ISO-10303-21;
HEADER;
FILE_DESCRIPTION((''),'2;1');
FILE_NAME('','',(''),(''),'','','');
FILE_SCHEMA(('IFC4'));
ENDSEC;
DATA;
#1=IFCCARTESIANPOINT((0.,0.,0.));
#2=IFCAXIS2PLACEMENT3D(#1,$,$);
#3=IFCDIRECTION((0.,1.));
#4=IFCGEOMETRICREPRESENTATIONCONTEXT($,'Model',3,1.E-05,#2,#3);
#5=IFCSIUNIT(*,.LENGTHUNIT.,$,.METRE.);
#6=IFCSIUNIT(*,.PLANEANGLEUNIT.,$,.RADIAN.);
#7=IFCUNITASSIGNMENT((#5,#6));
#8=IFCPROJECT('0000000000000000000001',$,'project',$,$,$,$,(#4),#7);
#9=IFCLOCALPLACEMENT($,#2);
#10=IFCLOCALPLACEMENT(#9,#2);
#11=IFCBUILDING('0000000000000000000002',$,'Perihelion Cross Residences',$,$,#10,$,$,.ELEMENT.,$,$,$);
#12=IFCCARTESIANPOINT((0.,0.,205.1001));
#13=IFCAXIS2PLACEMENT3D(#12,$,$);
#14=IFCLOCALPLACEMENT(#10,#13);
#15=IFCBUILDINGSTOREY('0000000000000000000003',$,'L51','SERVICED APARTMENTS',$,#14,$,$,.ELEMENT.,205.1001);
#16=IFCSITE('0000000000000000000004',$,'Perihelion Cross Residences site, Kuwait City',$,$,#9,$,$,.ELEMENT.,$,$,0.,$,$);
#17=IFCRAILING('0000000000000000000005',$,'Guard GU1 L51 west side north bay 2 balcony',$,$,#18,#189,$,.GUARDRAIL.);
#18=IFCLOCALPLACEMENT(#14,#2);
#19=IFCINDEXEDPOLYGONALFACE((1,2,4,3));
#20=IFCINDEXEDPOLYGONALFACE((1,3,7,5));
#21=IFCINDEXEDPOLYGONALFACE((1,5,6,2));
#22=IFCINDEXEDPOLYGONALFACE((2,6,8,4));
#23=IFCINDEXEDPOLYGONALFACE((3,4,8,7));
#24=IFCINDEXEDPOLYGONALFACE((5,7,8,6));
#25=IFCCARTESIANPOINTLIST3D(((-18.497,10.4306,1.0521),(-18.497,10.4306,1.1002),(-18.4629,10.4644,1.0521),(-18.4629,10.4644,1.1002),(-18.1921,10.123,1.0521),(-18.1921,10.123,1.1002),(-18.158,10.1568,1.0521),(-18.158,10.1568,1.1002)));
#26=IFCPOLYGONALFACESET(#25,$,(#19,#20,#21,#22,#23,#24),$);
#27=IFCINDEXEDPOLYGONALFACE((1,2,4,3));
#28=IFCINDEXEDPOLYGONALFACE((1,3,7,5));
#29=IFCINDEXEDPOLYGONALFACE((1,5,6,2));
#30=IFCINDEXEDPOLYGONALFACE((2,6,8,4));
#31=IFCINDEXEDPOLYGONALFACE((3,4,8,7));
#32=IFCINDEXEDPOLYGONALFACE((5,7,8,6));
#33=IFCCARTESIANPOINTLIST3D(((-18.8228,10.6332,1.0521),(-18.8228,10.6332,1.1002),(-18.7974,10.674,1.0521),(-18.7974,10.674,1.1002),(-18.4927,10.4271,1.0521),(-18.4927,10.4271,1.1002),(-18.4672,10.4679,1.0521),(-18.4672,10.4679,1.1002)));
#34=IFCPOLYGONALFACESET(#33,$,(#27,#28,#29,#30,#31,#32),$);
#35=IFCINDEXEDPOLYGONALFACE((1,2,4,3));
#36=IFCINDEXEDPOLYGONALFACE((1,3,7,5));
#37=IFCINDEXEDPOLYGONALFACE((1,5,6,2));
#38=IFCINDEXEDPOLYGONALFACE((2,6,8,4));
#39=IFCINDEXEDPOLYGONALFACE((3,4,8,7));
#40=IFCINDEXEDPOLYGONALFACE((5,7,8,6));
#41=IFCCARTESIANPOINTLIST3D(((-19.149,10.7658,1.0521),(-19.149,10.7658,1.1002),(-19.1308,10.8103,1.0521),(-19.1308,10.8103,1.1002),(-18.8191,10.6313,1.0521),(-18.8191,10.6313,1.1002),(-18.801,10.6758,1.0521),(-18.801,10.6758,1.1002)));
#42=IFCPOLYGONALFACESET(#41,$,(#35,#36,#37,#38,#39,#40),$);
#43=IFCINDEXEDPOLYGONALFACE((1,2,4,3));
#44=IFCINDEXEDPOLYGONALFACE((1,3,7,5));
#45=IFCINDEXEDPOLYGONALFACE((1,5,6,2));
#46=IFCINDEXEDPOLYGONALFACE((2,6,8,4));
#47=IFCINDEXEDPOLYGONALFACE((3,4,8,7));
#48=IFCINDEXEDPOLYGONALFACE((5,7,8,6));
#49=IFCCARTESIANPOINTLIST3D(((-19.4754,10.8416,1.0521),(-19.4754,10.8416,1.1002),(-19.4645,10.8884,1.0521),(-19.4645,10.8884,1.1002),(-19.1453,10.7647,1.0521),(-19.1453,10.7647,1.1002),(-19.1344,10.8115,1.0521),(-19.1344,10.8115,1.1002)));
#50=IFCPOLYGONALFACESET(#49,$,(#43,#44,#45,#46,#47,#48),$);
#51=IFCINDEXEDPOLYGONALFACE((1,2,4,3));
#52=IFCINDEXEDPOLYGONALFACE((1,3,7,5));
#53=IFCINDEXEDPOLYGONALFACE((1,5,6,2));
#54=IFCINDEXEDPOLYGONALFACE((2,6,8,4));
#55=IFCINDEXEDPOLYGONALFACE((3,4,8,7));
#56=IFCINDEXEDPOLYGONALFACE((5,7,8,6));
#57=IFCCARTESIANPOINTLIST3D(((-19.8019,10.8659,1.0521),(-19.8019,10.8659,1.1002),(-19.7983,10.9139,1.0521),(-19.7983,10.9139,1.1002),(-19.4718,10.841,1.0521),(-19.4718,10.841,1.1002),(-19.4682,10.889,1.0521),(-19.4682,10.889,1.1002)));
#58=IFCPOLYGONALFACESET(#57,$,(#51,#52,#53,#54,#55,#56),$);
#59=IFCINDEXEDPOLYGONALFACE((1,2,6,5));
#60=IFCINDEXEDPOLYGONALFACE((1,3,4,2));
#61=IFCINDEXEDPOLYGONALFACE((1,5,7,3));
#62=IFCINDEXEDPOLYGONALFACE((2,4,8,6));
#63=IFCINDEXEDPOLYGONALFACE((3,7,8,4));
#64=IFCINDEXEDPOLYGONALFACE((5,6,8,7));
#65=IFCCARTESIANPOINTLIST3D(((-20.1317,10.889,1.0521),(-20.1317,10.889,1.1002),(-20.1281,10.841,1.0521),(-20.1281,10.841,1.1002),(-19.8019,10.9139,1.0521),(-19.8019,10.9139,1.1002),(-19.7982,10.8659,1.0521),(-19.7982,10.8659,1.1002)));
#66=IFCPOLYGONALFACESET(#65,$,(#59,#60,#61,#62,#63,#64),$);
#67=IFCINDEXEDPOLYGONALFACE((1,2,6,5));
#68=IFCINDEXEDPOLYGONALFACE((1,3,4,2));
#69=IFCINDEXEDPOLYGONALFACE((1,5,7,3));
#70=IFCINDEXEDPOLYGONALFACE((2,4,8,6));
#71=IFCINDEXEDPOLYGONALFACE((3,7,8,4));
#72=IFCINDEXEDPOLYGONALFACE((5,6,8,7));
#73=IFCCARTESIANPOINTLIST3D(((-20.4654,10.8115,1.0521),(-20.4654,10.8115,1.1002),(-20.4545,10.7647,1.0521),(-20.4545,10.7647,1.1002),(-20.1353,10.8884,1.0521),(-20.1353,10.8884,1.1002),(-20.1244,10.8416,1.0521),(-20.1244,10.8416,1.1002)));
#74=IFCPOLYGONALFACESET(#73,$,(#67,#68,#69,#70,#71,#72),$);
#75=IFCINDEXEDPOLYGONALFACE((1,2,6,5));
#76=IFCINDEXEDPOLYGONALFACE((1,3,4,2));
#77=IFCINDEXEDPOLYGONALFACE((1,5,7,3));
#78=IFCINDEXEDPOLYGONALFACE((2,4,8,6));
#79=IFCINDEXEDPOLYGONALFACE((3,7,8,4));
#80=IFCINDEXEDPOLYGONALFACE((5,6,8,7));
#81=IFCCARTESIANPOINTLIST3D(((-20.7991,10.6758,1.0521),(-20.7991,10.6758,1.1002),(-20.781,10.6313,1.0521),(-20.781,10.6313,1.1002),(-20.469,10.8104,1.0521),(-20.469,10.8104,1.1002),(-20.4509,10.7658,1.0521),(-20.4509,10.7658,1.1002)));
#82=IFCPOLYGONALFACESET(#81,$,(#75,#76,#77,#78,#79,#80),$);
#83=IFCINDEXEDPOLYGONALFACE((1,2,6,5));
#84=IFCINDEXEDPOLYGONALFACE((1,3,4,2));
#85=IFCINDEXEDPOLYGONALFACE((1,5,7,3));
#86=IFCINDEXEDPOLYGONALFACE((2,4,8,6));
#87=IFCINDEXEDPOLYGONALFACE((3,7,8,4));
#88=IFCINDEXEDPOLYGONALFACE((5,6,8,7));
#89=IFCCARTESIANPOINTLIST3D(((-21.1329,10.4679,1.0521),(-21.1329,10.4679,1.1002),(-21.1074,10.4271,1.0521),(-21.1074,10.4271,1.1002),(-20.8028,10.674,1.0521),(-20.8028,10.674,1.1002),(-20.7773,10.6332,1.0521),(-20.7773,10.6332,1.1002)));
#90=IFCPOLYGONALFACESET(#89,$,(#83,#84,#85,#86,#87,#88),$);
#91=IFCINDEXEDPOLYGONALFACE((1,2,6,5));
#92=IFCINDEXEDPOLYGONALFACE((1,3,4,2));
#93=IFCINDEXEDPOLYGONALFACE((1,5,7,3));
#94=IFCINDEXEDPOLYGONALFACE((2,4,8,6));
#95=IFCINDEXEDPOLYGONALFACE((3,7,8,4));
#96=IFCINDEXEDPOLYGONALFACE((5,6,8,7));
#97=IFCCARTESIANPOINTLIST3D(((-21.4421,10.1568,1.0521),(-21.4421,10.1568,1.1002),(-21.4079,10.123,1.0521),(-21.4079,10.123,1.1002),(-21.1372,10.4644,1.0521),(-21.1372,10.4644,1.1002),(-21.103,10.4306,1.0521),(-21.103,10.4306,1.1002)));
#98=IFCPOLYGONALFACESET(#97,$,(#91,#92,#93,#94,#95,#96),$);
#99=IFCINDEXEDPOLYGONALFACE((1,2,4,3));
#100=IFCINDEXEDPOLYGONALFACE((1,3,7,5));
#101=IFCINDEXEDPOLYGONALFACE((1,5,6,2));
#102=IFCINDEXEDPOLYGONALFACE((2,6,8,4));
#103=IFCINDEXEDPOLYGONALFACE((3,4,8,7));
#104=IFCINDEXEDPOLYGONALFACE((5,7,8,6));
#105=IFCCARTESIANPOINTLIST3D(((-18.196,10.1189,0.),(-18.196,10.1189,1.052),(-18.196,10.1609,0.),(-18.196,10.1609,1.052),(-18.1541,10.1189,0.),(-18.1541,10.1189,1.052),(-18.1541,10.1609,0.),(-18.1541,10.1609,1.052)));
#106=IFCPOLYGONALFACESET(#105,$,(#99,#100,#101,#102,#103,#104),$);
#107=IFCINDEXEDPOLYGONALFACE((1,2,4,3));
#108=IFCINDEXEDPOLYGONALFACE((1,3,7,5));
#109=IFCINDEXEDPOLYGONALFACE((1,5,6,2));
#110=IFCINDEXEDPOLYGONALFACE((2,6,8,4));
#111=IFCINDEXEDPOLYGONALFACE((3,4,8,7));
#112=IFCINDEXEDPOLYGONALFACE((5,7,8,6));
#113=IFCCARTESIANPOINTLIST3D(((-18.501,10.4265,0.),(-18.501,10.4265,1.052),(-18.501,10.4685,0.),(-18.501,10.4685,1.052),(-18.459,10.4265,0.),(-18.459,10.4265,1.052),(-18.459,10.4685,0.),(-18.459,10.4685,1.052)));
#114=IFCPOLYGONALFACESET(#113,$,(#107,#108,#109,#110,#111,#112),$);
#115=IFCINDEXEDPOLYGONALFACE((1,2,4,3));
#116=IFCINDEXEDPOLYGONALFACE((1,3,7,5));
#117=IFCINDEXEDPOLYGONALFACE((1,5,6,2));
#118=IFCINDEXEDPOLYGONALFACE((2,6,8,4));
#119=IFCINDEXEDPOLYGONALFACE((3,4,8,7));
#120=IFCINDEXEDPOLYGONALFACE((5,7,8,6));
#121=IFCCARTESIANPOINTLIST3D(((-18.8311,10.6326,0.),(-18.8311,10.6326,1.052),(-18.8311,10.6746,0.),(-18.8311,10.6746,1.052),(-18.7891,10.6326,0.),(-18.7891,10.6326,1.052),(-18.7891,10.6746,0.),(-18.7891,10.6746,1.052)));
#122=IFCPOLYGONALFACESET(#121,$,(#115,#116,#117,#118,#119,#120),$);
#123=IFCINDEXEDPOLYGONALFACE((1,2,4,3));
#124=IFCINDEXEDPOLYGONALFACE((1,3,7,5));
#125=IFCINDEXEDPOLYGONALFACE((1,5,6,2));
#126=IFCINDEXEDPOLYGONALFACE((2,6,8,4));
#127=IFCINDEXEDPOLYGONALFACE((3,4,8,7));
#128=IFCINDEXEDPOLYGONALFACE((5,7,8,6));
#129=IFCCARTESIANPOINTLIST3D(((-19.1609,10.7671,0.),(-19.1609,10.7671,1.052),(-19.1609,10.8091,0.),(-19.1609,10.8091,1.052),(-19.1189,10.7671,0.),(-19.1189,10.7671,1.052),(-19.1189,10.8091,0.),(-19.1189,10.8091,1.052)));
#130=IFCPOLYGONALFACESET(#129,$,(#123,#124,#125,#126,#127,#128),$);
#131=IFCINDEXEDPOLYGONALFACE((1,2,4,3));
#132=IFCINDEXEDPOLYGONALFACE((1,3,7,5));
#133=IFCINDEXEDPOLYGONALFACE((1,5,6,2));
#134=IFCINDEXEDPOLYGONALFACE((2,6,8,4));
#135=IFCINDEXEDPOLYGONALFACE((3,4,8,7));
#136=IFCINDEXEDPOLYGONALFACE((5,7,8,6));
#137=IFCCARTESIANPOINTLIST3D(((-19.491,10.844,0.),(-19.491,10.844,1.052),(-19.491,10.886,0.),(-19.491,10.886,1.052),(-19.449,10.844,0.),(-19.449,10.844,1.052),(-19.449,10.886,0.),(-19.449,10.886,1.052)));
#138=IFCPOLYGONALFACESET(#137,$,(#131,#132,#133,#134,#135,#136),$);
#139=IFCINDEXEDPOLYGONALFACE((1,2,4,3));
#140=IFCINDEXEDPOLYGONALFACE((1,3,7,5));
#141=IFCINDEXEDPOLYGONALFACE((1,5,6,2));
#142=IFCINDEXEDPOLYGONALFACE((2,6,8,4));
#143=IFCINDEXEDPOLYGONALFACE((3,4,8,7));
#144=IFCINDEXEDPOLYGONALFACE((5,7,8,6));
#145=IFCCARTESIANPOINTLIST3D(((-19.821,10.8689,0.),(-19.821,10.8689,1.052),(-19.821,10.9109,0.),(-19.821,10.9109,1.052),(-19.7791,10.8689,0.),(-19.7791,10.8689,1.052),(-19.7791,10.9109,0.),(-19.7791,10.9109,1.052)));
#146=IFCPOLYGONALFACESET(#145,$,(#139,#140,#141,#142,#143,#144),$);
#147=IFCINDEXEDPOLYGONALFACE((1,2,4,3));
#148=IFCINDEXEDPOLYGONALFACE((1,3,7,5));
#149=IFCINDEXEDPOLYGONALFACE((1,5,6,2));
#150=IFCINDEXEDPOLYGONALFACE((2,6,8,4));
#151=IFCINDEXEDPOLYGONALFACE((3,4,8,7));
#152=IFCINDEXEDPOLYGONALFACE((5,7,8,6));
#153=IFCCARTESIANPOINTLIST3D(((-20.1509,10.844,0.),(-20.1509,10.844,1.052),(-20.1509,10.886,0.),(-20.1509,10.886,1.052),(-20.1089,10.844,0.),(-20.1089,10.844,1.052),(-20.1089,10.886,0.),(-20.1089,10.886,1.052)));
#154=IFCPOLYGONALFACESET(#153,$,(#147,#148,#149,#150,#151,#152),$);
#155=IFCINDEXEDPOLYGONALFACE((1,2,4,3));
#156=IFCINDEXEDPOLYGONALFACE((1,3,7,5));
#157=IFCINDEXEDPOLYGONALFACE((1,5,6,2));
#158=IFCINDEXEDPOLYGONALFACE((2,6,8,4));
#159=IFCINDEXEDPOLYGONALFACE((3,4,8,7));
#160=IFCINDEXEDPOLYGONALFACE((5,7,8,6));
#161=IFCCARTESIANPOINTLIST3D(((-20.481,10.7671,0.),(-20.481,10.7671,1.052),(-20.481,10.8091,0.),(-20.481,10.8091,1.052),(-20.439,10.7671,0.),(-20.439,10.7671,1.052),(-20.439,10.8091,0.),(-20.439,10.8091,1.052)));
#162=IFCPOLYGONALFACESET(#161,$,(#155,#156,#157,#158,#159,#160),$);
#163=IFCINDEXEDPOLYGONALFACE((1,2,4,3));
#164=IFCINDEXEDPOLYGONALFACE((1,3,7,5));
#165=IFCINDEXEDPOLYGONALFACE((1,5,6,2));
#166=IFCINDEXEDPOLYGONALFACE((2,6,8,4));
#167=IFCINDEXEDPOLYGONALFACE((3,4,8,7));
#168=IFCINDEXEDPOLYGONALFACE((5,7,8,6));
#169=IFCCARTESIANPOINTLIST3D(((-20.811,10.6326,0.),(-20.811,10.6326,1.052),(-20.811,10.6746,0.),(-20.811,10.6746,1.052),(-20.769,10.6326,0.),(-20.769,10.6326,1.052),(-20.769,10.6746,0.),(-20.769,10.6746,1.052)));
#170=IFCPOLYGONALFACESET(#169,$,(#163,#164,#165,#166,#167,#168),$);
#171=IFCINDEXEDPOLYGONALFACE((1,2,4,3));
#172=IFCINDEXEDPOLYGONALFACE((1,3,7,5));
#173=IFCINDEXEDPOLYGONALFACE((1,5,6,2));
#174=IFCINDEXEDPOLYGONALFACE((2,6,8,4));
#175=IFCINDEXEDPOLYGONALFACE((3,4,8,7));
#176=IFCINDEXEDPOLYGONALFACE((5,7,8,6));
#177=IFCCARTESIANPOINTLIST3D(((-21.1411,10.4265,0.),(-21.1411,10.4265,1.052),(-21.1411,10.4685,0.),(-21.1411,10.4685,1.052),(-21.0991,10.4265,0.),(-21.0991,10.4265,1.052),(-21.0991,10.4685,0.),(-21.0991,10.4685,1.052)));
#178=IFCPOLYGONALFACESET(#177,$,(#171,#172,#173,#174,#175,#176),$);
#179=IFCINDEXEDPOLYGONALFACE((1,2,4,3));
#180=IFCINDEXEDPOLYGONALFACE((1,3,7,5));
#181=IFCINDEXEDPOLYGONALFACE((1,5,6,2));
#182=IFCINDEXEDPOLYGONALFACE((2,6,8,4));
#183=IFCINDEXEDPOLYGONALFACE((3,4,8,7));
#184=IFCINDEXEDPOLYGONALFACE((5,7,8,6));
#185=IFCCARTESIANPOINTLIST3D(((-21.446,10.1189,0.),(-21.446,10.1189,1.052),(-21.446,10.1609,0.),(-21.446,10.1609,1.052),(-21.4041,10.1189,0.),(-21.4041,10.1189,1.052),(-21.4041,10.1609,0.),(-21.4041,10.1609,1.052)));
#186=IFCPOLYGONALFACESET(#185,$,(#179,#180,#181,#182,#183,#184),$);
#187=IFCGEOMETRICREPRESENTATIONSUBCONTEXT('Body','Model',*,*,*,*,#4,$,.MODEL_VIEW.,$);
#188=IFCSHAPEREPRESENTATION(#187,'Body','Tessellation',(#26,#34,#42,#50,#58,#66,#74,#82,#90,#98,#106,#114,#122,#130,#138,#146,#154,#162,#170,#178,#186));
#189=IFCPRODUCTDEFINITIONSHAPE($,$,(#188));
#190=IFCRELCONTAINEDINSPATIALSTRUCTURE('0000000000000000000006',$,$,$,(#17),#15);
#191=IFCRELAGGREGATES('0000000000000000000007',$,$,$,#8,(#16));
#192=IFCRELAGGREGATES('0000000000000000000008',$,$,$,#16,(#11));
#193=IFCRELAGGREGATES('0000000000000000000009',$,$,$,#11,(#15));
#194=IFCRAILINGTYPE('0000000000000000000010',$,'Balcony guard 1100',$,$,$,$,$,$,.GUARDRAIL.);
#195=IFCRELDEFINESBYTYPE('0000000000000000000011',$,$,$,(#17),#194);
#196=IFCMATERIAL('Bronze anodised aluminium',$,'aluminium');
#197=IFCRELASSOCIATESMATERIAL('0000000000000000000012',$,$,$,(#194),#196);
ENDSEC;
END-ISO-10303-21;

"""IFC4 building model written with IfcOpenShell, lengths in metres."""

from ifc_helpers import new_model, si_unit, direction, frame, origin, origin_2d, place, context, subcontext, project, spatial, rectangle, extrude, material, type_object, element, save


model = new_model("IFC4")

# Units and contexts
model_context = context("Model", 3, precision=1e-05, world=origin(), true_north=direction((0.0, 1.0)))
body_context = subcontext(model_context, "Body", "Model", "MODEL_VIEW")
ifc_project = project(units=[si_unit("LENGTHUNIT", "METRE"), si_unit("PLANEANGLEUNIT", "RADIAN")], contexts=[model_context])

# Site, building, storey
site_placement = place(None, origin())
site = spatial("IfcSite", under=ifc_project, at=site_placement, Name="Perihelion Cross Residences site, Kuwait City", CompositionType="ELEMENT", RefElevation=0.0)
building_placement = place(site_placement, origin())
building = spatial("IfcBuilding", under=site, at=building_placement, Name="Perihelion Cross Residences", CompositionType="ELEMENT")
storey_placement = place(building_placement, frame((0.0, 0.0, 205.1001)))
storey = spatial("IfcBuildingStorey", under=building, at=storey_placement, Name="L51", Description="SERVICED APARTMENTS", CompositionType="ELEMENT", Elevation=205.1001)

# Railing
ifc_material_1 = material(Name="Bronze anodised aluminium", Category="aluminium")
railing_type = type_object("IfcRailingType", Name="Balcony guard 1100", PredefinedType="GUARDRAIL", material=ifc_material_1)
railing_placement = place(storey_placement, frame((-18.175, 10.1399, 0.0)))
element("IfcRailing", 1, at=railing_placement, inside=storey, type_object=railing_type, Name="Guard GU1 L51 west side north bay 2 balcony", PredefinedType="GUARDRAIL", context=body_context, shape_type="SweptSolid", body=[
    extrude(rectangle(XDim=0.0481, YDim=0.0481, at=origin_2d()), frame((0.0, 0.0, 1.0762), z_axis=(-0.704, 0.7102, 0.0), x_axis=(-0.7102, -0.704, 0.0)), (0.0, 0.0, 1.0), 0.4331),
    extrude(rectangle(XDim=0.0481, YDim=0.0481, at=origin_2d()), frame((-0.3049, 0.3076, 1.0762), z_axis=(-0.84828, 0.529548, 0.0), x_axis=(-0.529548, -0.84828, 0.0)), (0.0, 0.0, 1.0), 0.3892),
    extrude(rectangle(XDim=0.0481, YDim=0.0481, at=origin_2d()), frame((-0.635, 0.5137, 1.0762), z_axis=(-0.92595, 0.377645, 0.0), x_axis=(-0.377645, -0.92595, 0.0)), (0.0, 0.0, 1.0), 0.3562),
    extrude(rectangle(XDim=0.0481, YDim=0.0481, at=origin_2d()), frame((-0.9648, 0.6482, 1.0762), z_axis=(-0.973916, 0.226911, 0.0), x_axis=(-0.226911, -0.973916, 0.0)), (0.0, 0.0, 1.0), 0.3389),
    extrude(rectangle(XDim=0.0481, YDim=0.0481, at=origin_2d()), frame((-1.2949, 0.7251, 1.0762), z_axis=(-0.997166, 0.07523, 0.0), x_axis=(-0.07523, -0.997166, 0.0)), (0.0, 0.0, 1.0), 0.3311),
    extrude(rectangle(XDim=0.0481, YDim=0.0481, at=origin_2d()), frame((-1.625, 0.75, 1.0762), z_axis=(-0.997162, -0.075285, 0.0), x_axis=(0.075285, -0.997162, 0.0)), (0.0, 0.0, 1.0), 0.3308),
    extrude(rectangle(XDim=0.0481, YDim=0.0481, at=origin_2d()), frame((-1.9548, 0.7251, 1.0762), z_axis=(-0.973916, -0.226911, 0.0), x_axis=(0.226911, -0.973916, 0.0)), (0.0, 0.0, 1.0), 0.3389),
    extrude(rectangle(XDim=0.0481, YDim=0.0481, at=origin_2d()), frame((-2.2849, 0.6482, 1.0762), z_axis=(-0.926048, -0.377406, 0.0), x_axis=(0.377406, -0.926048, 0.0)), (0.0, 0.0, 1.0), 0.3564),
    extrude(rectangle(XDim=0.0481, YDim=0.0481, at=origin_2d()), frame((-2.615, 0.5137, 1.0762), z_axis=(-0.84828, -0.529548, 0.0), x_axis=(0.529548, -0.84828, 0.0)), (0.0, 0.0, 1.0), 0.3892),
    extrude(rectangle(XDim=0.0481, YDim=0.0481, at=origin_2d()), frame((-2.9451, 0.3076, 1.0762), z_axis=(-0.704, -0.7102, 0.0), x_axis=(0.7102, -0.704, 0.0)), (0.0, 0.0, 1.0), 0.4331),
    extrude(rectangle(XDim=0.042, YDim=0.042, at=origin_2d()), origin(), (0.0, 0.0, 1.0), 1.052),
    extrude(rectangle(XDim=0.042, YDim=0.042, at=origin_2d()), frame((-0.3049, 0.3076, 0.0)), (0.0, 0.0, 1.0), 1.052),
    extrude(rectangle(XDim=0.042, YDim=0.042, at=origin_2d()), frame((-0.635, 0.5137, 0.0)), (0.0, 0.0, 1.0), 1.052),
    extrude(rectangle(XDim=0.042, YDim=0.042, at=origin_2d()), frame((-0.9648, 0.6482, 0.0)), (0.0, 0.0, 1.0), 1.052),
    extrude(rectangle(XDim=0.042, YDim=0.042, at=origin_2d()), frame((-1.2949, 0.7251, 0.0)), (0.0, 0.0, 1.0), 1.052),
    extrude(rectangle(XDim=0.042, YDim=0.042, at=origin_2d()), frame((-1.625, 0.75, 0.0)), (0.0, 0.0, 1.0), 1.052),
    extrude(rectangle(XDim=0.042, YDim=0.042, at=origin_2d()), frame((-1.9548, 0.7251, 0.0)), (0.0, 0.0, 1.0), 1.052),
    extrude(rectangle(XDim=0.042, YDim=0.042, at=origin_2d()), frame((-2.2849, 0.6482, 0.0)), (0.0, 0.0, 1.0), 1.052),
    extrude(rectangle(XDim=0.042, YDim=0.042, at=origin_2d()), frame((-2.615, 0.5137, 0.0)), (0.0, 0.0, 1.0), 1.052),
    extrude(rectangle(XDim=0.042, YDim=0.042, at=origin_2d()), frame((-2.9451, 0.3076, 0.0)), (0.0, 0.0, 1.0), 1.052),
    extrude(rectangle(XDim=0.042, YDim=0.042, at=origin_2d()), frame((-3.25, 0.0, 0.0)), (0.0, 0.0, 1.0), 1.052),
])

save(model, "model.ifc")
